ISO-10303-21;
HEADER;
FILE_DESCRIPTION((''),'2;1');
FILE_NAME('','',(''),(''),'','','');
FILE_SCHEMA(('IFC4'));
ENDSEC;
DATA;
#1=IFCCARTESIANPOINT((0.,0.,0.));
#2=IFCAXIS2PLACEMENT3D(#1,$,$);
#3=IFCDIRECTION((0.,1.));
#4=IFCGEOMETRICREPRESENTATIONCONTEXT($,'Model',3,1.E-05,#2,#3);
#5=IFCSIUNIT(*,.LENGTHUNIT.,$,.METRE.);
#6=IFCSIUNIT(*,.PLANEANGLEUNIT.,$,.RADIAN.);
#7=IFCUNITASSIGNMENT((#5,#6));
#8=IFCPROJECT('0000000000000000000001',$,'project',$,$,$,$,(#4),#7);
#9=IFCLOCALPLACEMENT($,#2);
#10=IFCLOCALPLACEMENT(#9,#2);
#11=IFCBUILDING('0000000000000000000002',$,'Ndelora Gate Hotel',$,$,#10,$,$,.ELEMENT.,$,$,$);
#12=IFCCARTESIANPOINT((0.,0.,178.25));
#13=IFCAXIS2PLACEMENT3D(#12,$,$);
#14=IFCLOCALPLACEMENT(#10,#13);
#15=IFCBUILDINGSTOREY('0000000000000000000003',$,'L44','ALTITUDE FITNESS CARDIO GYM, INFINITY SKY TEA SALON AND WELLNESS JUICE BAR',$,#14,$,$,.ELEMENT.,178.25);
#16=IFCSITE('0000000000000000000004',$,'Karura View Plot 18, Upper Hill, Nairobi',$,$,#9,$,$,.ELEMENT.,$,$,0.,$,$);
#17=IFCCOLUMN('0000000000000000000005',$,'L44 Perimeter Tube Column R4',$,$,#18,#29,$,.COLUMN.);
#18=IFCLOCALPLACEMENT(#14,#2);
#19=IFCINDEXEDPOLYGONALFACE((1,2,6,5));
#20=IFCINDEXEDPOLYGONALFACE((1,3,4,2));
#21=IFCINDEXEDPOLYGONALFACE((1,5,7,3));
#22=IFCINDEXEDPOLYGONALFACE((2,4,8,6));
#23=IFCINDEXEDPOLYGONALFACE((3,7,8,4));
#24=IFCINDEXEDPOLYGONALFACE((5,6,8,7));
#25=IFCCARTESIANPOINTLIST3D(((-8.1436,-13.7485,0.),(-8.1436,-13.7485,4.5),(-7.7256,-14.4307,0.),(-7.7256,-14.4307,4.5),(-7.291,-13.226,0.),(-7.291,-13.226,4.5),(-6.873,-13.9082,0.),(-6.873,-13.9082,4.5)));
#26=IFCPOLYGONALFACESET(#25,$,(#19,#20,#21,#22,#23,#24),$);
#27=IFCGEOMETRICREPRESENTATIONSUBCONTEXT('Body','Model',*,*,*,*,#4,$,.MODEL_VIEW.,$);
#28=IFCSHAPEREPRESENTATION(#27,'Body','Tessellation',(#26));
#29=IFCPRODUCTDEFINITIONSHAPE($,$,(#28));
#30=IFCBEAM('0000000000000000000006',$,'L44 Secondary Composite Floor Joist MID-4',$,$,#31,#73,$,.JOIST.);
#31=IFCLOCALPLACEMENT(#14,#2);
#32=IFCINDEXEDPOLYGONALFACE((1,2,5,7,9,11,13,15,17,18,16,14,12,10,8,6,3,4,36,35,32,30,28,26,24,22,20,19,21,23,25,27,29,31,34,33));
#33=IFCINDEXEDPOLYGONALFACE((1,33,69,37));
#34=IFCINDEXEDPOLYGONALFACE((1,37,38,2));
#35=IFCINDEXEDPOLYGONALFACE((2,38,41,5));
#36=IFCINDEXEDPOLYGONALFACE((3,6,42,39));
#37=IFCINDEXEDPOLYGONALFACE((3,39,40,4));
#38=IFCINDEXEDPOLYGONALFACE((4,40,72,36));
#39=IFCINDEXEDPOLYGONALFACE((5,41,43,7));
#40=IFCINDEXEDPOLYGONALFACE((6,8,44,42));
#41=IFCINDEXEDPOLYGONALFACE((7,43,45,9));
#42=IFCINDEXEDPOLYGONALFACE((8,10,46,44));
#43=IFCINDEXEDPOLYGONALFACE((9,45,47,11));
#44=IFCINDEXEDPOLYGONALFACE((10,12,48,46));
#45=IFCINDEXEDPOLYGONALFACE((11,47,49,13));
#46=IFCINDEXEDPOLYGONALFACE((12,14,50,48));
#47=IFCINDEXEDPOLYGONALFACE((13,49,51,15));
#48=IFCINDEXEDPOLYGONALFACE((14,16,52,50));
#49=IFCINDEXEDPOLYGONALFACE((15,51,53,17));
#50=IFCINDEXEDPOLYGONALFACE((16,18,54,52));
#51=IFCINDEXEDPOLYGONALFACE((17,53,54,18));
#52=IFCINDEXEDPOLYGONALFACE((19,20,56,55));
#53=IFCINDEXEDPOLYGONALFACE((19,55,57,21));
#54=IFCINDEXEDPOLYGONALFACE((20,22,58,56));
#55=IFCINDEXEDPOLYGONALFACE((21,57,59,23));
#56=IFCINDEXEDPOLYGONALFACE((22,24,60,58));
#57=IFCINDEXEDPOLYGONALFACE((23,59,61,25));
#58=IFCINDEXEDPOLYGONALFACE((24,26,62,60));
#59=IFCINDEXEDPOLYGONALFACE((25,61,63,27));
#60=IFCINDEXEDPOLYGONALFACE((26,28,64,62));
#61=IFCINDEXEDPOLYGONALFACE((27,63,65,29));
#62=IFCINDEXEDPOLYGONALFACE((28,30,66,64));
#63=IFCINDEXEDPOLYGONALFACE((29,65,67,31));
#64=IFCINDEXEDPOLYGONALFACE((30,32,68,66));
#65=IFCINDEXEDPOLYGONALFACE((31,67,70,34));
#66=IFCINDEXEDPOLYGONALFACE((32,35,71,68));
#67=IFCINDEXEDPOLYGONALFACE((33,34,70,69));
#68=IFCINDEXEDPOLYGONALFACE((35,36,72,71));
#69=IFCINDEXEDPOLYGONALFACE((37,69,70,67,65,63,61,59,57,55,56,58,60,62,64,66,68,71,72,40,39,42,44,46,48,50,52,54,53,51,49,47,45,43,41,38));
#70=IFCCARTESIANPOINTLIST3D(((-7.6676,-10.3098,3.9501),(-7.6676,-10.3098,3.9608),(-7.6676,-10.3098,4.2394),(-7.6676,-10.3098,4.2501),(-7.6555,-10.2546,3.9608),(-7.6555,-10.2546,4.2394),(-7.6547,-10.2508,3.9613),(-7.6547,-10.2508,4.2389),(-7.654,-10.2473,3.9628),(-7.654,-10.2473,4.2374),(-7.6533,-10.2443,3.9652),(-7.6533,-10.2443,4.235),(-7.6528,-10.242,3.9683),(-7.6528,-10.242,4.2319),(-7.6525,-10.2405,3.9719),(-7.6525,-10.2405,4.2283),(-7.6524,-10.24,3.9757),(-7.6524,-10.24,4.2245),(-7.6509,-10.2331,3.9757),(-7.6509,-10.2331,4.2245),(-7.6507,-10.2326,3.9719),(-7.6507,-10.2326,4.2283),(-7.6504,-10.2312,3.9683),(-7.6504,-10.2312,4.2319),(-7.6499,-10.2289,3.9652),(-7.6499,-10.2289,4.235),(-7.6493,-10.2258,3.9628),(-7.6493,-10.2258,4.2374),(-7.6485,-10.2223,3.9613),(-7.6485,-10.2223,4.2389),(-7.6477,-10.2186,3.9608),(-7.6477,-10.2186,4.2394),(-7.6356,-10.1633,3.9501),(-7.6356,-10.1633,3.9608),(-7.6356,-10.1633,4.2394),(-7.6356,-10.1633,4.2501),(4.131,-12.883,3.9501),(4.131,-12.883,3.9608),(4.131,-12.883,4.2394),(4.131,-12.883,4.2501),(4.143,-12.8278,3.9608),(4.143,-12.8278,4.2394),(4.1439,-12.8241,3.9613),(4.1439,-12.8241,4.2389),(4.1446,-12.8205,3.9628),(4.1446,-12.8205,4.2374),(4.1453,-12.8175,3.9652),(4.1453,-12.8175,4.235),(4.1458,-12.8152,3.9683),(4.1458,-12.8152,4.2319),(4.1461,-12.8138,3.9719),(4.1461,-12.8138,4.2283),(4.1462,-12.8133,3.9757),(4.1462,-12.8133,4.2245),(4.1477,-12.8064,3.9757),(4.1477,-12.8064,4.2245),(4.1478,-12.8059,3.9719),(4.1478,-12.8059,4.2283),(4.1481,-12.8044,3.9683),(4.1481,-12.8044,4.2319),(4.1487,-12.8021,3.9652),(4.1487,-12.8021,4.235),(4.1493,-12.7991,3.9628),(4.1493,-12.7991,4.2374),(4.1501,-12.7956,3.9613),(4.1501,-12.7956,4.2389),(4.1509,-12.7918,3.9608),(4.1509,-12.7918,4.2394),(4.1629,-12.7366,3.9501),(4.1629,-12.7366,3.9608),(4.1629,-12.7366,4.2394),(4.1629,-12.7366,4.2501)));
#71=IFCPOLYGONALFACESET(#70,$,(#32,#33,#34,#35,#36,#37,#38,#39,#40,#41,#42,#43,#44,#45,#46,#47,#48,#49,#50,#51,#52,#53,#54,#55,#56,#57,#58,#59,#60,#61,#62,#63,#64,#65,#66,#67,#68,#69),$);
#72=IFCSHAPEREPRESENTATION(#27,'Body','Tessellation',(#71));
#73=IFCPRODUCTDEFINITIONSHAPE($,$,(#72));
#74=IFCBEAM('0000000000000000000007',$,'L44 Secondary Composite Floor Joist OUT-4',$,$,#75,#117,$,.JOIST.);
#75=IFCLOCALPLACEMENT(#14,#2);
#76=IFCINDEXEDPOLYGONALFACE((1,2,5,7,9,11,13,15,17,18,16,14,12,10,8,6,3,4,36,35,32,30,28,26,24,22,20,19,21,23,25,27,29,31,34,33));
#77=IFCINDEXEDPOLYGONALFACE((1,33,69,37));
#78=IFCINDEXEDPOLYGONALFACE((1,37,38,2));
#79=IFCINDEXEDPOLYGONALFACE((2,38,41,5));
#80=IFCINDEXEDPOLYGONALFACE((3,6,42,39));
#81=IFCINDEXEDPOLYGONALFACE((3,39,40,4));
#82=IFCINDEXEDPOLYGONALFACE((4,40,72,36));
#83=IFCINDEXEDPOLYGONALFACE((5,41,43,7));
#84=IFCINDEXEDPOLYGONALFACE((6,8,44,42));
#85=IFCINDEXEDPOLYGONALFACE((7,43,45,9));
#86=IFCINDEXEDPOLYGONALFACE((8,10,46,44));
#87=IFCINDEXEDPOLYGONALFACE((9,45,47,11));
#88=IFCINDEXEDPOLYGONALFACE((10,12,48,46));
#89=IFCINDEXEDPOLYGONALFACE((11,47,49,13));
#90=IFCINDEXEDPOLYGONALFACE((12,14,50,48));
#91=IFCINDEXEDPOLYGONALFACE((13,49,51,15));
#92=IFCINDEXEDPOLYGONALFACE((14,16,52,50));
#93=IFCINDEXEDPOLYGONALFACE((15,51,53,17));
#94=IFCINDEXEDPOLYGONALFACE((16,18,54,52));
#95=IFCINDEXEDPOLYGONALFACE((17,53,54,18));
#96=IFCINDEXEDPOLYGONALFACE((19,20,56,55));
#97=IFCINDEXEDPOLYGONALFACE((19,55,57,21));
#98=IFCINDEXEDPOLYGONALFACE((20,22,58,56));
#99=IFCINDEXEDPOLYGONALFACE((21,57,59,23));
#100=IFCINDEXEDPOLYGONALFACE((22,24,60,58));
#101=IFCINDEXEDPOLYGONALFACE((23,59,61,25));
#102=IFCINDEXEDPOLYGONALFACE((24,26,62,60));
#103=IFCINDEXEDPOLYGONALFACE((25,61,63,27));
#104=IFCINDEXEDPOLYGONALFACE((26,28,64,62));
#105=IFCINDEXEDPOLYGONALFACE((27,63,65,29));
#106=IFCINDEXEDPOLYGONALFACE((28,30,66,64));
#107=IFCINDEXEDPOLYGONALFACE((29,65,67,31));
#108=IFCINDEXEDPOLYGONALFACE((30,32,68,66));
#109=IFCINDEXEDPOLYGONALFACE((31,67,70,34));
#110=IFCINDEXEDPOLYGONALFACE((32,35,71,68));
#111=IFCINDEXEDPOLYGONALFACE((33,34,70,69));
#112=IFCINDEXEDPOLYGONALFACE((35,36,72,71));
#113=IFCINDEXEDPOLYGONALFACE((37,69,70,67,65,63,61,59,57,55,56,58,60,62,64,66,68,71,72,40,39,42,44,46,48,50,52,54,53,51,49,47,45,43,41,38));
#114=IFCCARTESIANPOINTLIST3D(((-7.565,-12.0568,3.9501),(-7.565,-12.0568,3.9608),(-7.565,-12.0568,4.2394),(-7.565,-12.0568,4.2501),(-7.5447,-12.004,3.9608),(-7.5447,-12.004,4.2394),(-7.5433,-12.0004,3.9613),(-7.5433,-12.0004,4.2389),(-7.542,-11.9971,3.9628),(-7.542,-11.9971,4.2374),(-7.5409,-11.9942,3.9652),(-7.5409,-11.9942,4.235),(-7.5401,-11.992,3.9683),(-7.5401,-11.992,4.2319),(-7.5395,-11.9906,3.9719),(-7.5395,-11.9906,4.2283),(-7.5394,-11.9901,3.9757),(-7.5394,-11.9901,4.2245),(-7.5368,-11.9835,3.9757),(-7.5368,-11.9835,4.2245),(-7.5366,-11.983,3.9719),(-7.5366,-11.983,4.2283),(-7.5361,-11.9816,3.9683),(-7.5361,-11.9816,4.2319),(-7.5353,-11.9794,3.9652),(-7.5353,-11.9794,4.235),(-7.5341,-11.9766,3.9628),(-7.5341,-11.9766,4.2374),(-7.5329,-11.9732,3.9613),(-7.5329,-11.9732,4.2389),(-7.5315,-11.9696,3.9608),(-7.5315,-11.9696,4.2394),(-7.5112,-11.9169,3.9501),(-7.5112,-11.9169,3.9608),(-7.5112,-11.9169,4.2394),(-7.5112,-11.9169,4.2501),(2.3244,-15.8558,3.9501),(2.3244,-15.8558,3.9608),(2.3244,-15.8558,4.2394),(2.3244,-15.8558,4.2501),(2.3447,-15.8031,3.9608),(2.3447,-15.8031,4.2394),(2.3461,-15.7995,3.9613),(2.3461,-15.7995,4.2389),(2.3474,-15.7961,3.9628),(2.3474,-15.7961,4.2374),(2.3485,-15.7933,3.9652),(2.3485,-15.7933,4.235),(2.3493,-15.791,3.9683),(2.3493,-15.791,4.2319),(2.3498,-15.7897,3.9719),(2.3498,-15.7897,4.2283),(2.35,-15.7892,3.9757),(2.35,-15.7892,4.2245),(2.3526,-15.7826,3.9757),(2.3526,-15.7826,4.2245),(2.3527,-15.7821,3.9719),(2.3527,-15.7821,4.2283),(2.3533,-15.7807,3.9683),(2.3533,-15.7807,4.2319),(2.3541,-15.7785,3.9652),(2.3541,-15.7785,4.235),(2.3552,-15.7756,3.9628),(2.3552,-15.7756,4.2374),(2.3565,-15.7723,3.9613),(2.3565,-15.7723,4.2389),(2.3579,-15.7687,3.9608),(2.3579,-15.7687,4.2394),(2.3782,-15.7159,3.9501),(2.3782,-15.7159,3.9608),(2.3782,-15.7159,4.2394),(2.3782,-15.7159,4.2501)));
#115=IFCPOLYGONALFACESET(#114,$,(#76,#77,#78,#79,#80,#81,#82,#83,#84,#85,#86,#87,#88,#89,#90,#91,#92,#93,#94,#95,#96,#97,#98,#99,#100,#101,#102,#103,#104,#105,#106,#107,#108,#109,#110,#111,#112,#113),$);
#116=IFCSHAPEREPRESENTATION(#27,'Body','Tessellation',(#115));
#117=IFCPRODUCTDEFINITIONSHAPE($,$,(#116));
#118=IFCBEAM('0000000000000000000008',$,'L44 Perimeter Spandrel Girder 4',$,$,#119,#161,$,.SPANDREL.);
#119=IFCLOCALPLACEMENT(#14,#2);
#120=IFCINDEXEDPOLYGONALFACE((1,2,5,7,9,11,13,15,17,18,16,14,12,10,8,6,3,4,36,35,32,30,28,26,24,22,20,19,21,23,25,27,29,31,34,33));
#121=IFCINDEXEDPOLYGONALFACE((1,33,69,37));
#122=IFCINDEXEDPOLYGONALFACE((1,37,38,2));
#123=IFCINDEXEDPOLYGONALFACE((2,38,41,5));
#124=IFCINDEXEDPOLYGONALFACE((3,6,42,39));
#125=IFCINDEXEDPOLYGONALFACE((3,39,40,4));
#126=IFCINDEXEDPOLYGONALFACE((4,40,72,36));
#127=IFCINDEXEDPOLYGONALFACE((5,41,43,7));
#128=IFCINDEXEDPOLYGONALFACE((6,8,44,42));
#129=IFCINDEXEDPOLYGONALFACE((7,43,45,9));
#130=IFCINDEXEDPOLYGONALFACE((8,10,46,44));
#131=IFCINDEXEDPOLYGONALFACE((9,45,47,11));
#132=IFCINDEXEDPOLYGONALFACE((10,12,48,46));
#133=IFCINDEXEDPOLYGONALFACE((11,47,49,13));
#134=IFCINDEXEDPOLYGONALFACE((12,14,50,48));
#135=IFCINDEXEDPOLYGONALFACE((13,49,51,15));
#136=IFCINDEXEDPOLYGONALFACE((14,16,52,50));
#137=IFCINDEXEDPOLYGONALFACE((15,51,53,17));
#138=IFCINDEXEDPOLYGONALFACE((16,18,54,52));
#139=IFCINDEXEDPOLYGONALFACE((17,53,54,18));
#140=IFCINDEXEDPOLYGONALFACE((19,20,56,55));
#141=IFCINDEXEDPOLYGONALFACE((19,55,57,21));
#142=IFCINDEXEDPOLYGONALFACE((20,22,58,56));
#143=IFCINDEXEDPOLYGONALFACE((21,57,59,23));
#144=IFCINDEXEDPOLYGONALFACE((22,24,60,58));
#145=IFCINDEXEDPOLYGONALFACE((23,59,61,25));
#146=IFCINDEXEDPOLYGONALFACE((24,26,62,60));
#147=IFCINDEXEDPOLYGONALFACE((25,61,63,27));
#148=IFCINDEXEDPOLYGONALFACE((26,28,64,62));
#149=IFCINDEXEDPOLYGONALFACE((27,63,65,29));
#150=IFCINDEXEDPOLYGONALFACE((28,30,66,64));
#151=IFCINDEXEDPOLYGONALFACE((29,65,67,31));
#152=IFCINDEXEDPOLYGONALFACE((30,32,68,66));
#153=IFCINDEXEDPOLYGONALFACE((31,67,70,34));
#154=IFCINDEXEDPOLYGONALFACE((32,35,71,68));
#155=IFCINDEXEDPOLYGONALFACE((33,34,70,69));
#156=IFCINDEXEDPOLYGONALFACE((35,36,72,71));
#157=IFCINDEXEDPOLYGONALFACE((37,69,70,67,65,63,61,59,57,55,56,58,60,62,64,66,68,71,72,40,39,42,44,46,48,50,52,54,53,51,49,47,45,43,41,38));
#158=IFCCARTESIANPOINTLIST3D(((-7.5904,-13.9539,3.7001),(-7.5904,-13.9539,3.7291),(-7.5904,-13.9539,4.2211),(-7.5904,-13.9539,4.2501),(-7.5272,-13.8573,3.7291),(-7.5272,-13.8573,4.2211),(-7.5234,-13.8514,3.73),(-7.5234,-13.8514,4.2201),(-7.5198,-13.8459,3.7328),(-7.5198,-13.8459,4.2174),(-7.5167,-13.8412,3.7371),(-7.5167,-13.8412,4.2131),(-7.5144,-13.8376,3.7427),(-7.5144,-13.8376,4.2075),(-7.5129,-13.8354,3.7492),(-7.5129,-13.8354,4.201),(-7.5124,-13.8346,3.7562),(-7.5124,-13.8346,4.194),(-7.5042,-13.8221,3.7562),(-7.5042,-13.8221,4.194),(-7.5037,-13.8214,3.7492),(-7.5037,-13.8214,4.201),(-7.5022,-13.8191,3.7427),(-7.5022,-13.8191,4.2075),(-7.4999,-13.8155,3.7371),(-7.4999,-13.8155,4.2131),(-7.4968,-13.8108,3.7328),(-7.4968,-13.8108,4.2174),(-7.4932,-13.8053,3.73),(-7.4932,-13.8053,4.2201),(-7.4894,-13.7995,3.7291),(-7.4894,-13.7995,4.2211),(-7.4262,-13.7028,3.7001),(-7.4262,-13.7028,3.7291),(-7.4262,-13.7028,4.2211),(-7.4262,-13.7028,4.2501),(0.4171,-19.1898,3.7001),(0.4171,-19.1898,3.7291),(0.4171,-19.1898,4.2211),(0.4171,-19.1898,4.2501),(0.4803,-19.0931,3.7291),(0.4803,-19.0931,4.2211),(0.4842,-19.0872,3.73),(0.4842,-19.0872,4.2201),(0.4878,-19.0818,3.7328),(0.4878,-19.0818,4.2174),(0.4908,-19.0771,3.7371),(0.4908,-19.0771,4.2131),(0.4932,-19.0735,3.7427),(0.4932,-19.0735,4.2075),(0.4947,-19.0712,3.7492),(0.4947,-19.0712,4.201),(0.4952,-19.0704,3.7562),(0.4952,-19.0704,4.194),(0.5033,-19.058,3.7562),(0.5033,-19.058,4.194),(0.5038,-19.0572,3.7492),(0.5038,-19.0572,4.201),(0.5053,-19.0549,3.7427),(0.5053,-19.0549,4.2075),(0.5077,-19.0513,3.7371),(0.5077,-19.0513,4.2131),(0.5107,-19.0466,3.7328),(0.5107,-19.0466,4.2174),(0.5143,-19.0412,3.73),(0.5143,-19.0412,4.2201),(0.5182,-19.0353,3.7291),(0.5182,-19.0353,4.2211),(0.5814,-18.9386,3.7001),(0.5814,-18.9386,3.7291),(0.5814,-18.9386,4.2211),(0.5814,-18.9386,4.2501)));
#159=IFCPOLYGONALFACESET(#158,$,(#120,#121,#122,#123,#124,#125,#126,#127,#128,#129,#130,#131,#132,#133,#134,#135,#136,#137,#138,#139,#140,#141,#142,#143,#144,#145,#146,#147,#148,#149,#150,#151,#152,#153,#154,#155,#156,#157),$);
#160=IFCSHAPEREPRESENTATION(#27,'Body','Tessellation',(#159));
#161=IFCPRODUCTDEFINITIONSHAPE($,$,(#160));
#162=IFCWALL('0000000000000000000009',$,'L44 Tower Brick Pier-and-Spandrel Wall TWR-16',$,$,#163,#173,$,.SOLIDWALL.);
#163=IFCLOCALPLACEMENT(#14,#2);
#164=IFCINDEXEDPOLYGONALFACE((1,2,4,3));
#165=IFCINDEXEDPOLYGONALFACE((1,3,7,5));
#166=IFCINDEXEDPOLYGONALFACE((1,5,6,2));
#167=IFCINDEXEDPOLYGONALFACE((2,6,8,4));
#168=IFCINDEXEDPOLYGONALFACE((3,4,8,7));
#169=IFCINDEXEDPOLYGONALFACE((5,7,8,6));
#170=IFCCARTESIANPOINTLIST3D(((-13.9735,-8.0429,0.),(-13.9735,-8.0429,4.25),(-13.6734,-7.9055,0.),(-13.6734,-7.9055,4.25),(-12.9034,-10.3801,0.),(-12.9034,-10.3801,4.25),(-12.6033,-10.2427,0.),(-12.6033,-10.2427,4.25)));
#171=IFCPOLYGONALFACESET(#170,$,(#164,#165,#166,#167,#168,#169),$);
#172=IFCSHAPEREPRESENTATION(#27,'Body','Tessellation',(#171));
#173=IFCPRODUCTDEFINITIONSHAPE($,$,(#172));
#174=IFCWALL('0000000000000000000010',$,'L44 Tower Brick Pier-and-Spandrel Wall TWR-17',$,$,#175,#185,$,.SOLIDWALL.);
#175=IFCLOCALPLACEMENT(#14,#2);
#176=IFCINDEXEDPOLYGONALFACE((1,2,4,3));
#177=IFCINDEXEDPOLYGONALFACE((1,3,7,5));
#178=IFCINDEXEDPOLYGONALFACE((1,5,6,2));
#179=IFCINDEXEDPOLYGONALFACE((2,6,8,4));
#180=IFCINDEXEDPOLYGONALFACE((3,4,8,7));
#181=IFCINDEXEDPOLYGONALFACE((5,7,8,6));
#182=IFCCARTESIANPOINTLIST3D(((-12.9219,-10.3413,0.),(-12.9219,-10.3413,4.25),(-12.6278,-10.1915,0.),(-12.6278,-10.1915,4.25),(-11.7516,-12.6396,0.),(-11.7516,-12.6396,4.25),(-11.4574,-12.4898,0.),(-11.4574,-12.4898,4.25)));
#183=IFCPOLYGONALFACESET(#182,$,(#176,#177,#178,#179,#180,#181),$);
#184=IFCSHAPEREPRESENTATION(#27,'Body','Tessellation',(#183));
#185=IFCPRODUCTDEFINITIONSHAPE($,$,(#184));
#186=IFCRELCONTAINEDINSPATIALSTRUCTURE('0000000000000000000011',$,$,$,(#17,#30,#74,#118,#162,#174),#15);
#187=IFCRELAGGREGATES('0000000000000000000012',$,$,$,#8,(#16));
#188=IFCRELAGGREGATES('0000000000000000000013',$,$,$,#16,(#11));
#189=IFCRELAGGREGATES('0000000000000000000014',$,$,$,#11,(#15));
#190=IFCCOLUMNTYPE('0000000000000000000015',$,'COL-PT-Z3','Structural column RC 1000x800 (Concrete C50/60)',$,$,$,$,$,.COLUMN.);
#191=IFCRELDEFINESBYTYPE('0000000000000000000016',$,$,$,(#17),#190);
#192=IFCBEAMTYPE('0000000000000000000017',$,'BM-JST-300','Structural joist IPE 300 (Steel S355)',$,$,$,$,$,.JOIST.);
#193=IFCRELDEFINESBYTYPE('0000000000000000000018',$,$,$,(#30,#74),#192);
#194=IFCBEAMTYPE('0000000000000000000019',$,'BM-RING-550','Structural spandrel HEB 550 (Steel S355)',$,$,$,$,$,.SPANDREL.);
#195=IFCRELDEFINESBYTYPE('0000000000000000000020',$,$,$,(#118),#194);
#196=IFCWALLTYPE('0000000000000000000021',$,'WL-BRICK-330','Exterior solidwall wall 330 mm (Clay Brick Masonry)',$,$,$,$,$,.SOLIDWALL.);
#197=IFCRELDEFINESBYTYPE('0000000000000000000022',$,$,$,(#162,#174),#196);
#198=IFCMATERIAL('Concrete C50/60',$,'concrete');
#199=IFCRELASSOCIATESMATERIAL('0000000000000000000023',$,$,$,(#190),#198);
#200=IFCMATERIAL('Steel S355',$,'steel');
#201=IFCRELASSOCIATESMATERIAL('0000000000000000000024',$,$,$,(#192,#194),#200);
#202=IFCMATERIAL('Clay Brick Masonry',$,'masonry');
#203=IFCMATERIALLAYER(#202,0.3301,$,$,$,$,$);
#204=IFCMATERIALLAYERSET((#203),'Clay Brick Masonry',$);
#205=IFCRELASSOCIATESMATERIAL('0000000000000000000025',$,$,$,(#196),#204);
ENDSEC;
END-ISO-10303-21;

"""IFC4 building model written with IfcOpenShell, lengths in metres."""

from ifc_helpers import new_model, si_unit, direction, frame, frame_2d, origin, origin_2d, place, context, subcontext, project, spatial, rectangle, i_section, extrude, material, layer, layer_set, material_profile, profile_set, type_object, element, save


model = new_model("IFC4")

# Units and contexts
model_context = context("Model", 3, precision=1e-05, world=origin(), true_north=direction((0.0, 1.0)))
body_context = subcontext(model_context, "Body", "Model", "MODEL_VIEW")
ifc_project = project(units=[si_unit("LENGTHUNIT", "METRE"), si_unit("PLANEANGLEUNIT", "RADIAN")], contexts=[model_context])

# Site, building, storey
site_placement = place(None, origin())
site = spatial("IfcSite", under=ifc_project, at=site_placement, Name="Karura View Plot 18, Upper Hill, Nairobi", CompositionType="ELEMENT", RefElevation=0.0)
building_placement = place(site_placement, origin())
building = spatial("IfcBuilding", under=site, at=building_placement, Name="Ndelora Gate Hotel", CompositionType="ELEMENT")
storey_placement = place(building_placement, frame((0.0, 0.0, 178.25)))
storey = spatial("IfcBuildingStorey", under=building, at=storey_placement, Name="L44", Description="ALTITUDE FITNESS CARDIO GYM, INFINITY SKY TEA SALON AND WELLNESS JUICE BAR", CompositionType="ELEMENT", Elevation=178.25)

# Column
ifc_material_1 = material(Name="Concrete C50/60", Category="concrete")
ifc_material_profile_1 = material_profile(ifc_material_1, rectangle(XDim=0.8, YDim=1.0, at=origin_2d()), Name="RC 1000x800")
ifc_profile_set_1 = profile_set([ifc_material_profile_1], Name="Concrete C50/60")
column_type = type_object("IfcColumnType", Name="COL-PT-Z3", Description="Structural column RC 1000x800 (Concrete C50/60)", PredefinedType="COLUMN", material=ifc_profile_set_1)
column_placement = place(storey_placement, frame((-7.5083, -13.8284, 0.0), z_axis=(0.0, 0.0, 1.0), x_axis=(-0.522499, 0.85264, 0.0)))
element("IfcColumn", 1, at=column_placement, inside=storey, type_object=column_type, Name="L44 Perimeter Tube Column R4", PredefinedType="COLUMN", context=body_context, shape_type="SweptSolid", body=[
    extrude(rectangle(XDim=0.8, YDim=1.0, at=origin_2d()), origin(), (0.0, 0.0, 1.0), 4.5),
])

# Beams
ifc_material_2 = material(Name="Steel S355", Category="steel")
ifc_material_profile_2 = material_profile(ifc_material_2, i_section(OverallWidth=0.1499, OverallDepth=0.3, WebThickness=0.0071, FlangeThickness=0.0107, FilletRadius=0.0149, at=origin_2d()), Name="IPE 300")
ifc_profile_set_2 = profile_set([ifc_material_profile_2], Name="Steel S355")
beam_type_1 = type_object("IfcBeamType", Name="BM-JST-300", Description="Structural joist IPE 300 (Steel S355)", PredefinedType="JOIST", material=ifc_profile_set_2)
beam_1_placement = place(storey_placement, frame((-7.6516, -10.2366, 4.1001), z_axis=(0.977033, -0.213088, 0.0), x_axis=(0.213088, 0.977033, 0.0)))
element("IfcBeam", 2, at=beam_1_placement, inside=storey, type_object=beam_type_1, Name="L44 Secondary Composite Floor Joist MID-4", PredefinedType="JOIST", context=body_context, shape_type="SweptSolid", body=[
    extrude(i_section(OverallWidth=0.1499, OverallDepth=0.3, WebThickness=0.0071, FlangeThickness=0.0107, FilletRadius=0.0149, at=origin_2d()), origin(), (0.0, 0.0, 1.0), 12.0759),
])
beam_2_placement = place(storey_placement, frame((-7.5381, -11.9868, 4.1001), z_axis=(0.933489, -0.358605, 0.0), x_axis=(0.358605, 0.933489, 0.0)))
element("IfcBeam", 3, at=beam_2_placement, inside=storey, type_object=beam_type_1, Name="L44 Secondary Composite Floor Joist OUT-4", PredefinedType="JOIST", context=body_context, shape_type="SweptSolid", body=[
    extrude(i_section(OverallWidth=0.1499, OverallDepth=0.3, WebThickness=0.0071, FlangeThickness=0.0107, FilletRadius=0.0149, at=origin_2d()), origin(), (0.0, 0.0, 1.0), 10.594),
])
ifc_material_profile_3 = material_profile(ifc_material_2, i_section(OverallWidth=0.3, OverallDepth=0.55, WebThickness=0.0149, FlangeThickness=0.0291, FilletRadius=0.0271, at=origin_2d()), Name="HEB 550")
ifc_profile_set_3 = profile_set([ifc_material_profile_3], Name="Steel S355")
beam_type_2 = type_object("IfcBeamType", Name="BM-RING-550", Description="Structural spandrel HEB 550 (Steel S355)", PredefinedType="SPANDREL", material=ifc_profile_set_3)
beam_3_placement = place(storey_placement, frame((-7.5083, -13.8284, 3.9751), z_axis=(0.836964, -0.547258, 0.0), x_axis=(0.547258, 0.836964, 0.0)))
element("IfcBeam", 4, at=beam_3_placement, inside=storey, type_object=beam_type_2, Name="L44 Perimeter Spandrel Girder 4", PredefinedType="SPANDREL", context=body_context, shape_type="SweptSolid", body=[
    extrude(i_section(OverallWidth=0.3, OverallDepth=0.55, WebThickness=0.0149, FlangeThickness=0.0291, FilletRadius=0.0271, at=origin_2d()), origin(), (0.0, 0.0, 1.0), 9.5674),
])

# Walls
ifc_material_3 = material(Name="Clay Brick Masonry", Category="masonry")
ifc_layer_1 = layer(ifc_material_3, 0.3301)
ifc_layer_set_1 = layer_set([ifc_layer_1], Name="Clay Brick Masonry")
wall_type = type_object("IfcWallType", Name="WL-BRICK-330", Description="Exterior solidwall wall 330 mm (Clay Brick Masonry)", PredefinedType="SOLIDWALL", material=ifc_layer_set_1)
wall_1_placement = place(storey_placement, frame((-12.7534, -10.3113, 0.0), z_axis=(0.0, 0.0, 1.0), x_axis=(-0.416292, 0.909231, 0.0)))
element("IfcWall", 5, at=wall_1_placement, inside=storey, type_object=wall_type, Name="L44 Tower Brick Pier-and-Spandrel Wall TWR-16", PredefinedType="SOLIDWALL", context=body_context, shape_type="SweptSolid", body=[
    extrude(rectangle(XDim=2.5706, YDim=0.3301, at=frame_2d((1.2852, 0.0))), origin(), (0.0, 0.0, 1.0), 4.25),
])
wall_2_placement = place(storey_placement, frame((-11.6045, -12.5647, 0.0), z_axis=(0.0, 0.0, 1.0), x_axis=(-0.45379, 0.891109, 0.0)))
element("IfcWall", 6, at=wall_2_placement, inside=storey, type_object=wall_type, Name="L44 Tower Brick Pier-and-Spandrel Wall TWR-17", PredefinedType="SOLIDWALL", context=body_context, shape_type="SweptSolid", body=[
    extrude(rectangle(XDim=2.5791, YDim=0.3301, at=frame_2d((1.2896, 0.0))), origin(), (0.0, 0.0, 1.0), 4.25),
])

save(model, "model.ifc")
